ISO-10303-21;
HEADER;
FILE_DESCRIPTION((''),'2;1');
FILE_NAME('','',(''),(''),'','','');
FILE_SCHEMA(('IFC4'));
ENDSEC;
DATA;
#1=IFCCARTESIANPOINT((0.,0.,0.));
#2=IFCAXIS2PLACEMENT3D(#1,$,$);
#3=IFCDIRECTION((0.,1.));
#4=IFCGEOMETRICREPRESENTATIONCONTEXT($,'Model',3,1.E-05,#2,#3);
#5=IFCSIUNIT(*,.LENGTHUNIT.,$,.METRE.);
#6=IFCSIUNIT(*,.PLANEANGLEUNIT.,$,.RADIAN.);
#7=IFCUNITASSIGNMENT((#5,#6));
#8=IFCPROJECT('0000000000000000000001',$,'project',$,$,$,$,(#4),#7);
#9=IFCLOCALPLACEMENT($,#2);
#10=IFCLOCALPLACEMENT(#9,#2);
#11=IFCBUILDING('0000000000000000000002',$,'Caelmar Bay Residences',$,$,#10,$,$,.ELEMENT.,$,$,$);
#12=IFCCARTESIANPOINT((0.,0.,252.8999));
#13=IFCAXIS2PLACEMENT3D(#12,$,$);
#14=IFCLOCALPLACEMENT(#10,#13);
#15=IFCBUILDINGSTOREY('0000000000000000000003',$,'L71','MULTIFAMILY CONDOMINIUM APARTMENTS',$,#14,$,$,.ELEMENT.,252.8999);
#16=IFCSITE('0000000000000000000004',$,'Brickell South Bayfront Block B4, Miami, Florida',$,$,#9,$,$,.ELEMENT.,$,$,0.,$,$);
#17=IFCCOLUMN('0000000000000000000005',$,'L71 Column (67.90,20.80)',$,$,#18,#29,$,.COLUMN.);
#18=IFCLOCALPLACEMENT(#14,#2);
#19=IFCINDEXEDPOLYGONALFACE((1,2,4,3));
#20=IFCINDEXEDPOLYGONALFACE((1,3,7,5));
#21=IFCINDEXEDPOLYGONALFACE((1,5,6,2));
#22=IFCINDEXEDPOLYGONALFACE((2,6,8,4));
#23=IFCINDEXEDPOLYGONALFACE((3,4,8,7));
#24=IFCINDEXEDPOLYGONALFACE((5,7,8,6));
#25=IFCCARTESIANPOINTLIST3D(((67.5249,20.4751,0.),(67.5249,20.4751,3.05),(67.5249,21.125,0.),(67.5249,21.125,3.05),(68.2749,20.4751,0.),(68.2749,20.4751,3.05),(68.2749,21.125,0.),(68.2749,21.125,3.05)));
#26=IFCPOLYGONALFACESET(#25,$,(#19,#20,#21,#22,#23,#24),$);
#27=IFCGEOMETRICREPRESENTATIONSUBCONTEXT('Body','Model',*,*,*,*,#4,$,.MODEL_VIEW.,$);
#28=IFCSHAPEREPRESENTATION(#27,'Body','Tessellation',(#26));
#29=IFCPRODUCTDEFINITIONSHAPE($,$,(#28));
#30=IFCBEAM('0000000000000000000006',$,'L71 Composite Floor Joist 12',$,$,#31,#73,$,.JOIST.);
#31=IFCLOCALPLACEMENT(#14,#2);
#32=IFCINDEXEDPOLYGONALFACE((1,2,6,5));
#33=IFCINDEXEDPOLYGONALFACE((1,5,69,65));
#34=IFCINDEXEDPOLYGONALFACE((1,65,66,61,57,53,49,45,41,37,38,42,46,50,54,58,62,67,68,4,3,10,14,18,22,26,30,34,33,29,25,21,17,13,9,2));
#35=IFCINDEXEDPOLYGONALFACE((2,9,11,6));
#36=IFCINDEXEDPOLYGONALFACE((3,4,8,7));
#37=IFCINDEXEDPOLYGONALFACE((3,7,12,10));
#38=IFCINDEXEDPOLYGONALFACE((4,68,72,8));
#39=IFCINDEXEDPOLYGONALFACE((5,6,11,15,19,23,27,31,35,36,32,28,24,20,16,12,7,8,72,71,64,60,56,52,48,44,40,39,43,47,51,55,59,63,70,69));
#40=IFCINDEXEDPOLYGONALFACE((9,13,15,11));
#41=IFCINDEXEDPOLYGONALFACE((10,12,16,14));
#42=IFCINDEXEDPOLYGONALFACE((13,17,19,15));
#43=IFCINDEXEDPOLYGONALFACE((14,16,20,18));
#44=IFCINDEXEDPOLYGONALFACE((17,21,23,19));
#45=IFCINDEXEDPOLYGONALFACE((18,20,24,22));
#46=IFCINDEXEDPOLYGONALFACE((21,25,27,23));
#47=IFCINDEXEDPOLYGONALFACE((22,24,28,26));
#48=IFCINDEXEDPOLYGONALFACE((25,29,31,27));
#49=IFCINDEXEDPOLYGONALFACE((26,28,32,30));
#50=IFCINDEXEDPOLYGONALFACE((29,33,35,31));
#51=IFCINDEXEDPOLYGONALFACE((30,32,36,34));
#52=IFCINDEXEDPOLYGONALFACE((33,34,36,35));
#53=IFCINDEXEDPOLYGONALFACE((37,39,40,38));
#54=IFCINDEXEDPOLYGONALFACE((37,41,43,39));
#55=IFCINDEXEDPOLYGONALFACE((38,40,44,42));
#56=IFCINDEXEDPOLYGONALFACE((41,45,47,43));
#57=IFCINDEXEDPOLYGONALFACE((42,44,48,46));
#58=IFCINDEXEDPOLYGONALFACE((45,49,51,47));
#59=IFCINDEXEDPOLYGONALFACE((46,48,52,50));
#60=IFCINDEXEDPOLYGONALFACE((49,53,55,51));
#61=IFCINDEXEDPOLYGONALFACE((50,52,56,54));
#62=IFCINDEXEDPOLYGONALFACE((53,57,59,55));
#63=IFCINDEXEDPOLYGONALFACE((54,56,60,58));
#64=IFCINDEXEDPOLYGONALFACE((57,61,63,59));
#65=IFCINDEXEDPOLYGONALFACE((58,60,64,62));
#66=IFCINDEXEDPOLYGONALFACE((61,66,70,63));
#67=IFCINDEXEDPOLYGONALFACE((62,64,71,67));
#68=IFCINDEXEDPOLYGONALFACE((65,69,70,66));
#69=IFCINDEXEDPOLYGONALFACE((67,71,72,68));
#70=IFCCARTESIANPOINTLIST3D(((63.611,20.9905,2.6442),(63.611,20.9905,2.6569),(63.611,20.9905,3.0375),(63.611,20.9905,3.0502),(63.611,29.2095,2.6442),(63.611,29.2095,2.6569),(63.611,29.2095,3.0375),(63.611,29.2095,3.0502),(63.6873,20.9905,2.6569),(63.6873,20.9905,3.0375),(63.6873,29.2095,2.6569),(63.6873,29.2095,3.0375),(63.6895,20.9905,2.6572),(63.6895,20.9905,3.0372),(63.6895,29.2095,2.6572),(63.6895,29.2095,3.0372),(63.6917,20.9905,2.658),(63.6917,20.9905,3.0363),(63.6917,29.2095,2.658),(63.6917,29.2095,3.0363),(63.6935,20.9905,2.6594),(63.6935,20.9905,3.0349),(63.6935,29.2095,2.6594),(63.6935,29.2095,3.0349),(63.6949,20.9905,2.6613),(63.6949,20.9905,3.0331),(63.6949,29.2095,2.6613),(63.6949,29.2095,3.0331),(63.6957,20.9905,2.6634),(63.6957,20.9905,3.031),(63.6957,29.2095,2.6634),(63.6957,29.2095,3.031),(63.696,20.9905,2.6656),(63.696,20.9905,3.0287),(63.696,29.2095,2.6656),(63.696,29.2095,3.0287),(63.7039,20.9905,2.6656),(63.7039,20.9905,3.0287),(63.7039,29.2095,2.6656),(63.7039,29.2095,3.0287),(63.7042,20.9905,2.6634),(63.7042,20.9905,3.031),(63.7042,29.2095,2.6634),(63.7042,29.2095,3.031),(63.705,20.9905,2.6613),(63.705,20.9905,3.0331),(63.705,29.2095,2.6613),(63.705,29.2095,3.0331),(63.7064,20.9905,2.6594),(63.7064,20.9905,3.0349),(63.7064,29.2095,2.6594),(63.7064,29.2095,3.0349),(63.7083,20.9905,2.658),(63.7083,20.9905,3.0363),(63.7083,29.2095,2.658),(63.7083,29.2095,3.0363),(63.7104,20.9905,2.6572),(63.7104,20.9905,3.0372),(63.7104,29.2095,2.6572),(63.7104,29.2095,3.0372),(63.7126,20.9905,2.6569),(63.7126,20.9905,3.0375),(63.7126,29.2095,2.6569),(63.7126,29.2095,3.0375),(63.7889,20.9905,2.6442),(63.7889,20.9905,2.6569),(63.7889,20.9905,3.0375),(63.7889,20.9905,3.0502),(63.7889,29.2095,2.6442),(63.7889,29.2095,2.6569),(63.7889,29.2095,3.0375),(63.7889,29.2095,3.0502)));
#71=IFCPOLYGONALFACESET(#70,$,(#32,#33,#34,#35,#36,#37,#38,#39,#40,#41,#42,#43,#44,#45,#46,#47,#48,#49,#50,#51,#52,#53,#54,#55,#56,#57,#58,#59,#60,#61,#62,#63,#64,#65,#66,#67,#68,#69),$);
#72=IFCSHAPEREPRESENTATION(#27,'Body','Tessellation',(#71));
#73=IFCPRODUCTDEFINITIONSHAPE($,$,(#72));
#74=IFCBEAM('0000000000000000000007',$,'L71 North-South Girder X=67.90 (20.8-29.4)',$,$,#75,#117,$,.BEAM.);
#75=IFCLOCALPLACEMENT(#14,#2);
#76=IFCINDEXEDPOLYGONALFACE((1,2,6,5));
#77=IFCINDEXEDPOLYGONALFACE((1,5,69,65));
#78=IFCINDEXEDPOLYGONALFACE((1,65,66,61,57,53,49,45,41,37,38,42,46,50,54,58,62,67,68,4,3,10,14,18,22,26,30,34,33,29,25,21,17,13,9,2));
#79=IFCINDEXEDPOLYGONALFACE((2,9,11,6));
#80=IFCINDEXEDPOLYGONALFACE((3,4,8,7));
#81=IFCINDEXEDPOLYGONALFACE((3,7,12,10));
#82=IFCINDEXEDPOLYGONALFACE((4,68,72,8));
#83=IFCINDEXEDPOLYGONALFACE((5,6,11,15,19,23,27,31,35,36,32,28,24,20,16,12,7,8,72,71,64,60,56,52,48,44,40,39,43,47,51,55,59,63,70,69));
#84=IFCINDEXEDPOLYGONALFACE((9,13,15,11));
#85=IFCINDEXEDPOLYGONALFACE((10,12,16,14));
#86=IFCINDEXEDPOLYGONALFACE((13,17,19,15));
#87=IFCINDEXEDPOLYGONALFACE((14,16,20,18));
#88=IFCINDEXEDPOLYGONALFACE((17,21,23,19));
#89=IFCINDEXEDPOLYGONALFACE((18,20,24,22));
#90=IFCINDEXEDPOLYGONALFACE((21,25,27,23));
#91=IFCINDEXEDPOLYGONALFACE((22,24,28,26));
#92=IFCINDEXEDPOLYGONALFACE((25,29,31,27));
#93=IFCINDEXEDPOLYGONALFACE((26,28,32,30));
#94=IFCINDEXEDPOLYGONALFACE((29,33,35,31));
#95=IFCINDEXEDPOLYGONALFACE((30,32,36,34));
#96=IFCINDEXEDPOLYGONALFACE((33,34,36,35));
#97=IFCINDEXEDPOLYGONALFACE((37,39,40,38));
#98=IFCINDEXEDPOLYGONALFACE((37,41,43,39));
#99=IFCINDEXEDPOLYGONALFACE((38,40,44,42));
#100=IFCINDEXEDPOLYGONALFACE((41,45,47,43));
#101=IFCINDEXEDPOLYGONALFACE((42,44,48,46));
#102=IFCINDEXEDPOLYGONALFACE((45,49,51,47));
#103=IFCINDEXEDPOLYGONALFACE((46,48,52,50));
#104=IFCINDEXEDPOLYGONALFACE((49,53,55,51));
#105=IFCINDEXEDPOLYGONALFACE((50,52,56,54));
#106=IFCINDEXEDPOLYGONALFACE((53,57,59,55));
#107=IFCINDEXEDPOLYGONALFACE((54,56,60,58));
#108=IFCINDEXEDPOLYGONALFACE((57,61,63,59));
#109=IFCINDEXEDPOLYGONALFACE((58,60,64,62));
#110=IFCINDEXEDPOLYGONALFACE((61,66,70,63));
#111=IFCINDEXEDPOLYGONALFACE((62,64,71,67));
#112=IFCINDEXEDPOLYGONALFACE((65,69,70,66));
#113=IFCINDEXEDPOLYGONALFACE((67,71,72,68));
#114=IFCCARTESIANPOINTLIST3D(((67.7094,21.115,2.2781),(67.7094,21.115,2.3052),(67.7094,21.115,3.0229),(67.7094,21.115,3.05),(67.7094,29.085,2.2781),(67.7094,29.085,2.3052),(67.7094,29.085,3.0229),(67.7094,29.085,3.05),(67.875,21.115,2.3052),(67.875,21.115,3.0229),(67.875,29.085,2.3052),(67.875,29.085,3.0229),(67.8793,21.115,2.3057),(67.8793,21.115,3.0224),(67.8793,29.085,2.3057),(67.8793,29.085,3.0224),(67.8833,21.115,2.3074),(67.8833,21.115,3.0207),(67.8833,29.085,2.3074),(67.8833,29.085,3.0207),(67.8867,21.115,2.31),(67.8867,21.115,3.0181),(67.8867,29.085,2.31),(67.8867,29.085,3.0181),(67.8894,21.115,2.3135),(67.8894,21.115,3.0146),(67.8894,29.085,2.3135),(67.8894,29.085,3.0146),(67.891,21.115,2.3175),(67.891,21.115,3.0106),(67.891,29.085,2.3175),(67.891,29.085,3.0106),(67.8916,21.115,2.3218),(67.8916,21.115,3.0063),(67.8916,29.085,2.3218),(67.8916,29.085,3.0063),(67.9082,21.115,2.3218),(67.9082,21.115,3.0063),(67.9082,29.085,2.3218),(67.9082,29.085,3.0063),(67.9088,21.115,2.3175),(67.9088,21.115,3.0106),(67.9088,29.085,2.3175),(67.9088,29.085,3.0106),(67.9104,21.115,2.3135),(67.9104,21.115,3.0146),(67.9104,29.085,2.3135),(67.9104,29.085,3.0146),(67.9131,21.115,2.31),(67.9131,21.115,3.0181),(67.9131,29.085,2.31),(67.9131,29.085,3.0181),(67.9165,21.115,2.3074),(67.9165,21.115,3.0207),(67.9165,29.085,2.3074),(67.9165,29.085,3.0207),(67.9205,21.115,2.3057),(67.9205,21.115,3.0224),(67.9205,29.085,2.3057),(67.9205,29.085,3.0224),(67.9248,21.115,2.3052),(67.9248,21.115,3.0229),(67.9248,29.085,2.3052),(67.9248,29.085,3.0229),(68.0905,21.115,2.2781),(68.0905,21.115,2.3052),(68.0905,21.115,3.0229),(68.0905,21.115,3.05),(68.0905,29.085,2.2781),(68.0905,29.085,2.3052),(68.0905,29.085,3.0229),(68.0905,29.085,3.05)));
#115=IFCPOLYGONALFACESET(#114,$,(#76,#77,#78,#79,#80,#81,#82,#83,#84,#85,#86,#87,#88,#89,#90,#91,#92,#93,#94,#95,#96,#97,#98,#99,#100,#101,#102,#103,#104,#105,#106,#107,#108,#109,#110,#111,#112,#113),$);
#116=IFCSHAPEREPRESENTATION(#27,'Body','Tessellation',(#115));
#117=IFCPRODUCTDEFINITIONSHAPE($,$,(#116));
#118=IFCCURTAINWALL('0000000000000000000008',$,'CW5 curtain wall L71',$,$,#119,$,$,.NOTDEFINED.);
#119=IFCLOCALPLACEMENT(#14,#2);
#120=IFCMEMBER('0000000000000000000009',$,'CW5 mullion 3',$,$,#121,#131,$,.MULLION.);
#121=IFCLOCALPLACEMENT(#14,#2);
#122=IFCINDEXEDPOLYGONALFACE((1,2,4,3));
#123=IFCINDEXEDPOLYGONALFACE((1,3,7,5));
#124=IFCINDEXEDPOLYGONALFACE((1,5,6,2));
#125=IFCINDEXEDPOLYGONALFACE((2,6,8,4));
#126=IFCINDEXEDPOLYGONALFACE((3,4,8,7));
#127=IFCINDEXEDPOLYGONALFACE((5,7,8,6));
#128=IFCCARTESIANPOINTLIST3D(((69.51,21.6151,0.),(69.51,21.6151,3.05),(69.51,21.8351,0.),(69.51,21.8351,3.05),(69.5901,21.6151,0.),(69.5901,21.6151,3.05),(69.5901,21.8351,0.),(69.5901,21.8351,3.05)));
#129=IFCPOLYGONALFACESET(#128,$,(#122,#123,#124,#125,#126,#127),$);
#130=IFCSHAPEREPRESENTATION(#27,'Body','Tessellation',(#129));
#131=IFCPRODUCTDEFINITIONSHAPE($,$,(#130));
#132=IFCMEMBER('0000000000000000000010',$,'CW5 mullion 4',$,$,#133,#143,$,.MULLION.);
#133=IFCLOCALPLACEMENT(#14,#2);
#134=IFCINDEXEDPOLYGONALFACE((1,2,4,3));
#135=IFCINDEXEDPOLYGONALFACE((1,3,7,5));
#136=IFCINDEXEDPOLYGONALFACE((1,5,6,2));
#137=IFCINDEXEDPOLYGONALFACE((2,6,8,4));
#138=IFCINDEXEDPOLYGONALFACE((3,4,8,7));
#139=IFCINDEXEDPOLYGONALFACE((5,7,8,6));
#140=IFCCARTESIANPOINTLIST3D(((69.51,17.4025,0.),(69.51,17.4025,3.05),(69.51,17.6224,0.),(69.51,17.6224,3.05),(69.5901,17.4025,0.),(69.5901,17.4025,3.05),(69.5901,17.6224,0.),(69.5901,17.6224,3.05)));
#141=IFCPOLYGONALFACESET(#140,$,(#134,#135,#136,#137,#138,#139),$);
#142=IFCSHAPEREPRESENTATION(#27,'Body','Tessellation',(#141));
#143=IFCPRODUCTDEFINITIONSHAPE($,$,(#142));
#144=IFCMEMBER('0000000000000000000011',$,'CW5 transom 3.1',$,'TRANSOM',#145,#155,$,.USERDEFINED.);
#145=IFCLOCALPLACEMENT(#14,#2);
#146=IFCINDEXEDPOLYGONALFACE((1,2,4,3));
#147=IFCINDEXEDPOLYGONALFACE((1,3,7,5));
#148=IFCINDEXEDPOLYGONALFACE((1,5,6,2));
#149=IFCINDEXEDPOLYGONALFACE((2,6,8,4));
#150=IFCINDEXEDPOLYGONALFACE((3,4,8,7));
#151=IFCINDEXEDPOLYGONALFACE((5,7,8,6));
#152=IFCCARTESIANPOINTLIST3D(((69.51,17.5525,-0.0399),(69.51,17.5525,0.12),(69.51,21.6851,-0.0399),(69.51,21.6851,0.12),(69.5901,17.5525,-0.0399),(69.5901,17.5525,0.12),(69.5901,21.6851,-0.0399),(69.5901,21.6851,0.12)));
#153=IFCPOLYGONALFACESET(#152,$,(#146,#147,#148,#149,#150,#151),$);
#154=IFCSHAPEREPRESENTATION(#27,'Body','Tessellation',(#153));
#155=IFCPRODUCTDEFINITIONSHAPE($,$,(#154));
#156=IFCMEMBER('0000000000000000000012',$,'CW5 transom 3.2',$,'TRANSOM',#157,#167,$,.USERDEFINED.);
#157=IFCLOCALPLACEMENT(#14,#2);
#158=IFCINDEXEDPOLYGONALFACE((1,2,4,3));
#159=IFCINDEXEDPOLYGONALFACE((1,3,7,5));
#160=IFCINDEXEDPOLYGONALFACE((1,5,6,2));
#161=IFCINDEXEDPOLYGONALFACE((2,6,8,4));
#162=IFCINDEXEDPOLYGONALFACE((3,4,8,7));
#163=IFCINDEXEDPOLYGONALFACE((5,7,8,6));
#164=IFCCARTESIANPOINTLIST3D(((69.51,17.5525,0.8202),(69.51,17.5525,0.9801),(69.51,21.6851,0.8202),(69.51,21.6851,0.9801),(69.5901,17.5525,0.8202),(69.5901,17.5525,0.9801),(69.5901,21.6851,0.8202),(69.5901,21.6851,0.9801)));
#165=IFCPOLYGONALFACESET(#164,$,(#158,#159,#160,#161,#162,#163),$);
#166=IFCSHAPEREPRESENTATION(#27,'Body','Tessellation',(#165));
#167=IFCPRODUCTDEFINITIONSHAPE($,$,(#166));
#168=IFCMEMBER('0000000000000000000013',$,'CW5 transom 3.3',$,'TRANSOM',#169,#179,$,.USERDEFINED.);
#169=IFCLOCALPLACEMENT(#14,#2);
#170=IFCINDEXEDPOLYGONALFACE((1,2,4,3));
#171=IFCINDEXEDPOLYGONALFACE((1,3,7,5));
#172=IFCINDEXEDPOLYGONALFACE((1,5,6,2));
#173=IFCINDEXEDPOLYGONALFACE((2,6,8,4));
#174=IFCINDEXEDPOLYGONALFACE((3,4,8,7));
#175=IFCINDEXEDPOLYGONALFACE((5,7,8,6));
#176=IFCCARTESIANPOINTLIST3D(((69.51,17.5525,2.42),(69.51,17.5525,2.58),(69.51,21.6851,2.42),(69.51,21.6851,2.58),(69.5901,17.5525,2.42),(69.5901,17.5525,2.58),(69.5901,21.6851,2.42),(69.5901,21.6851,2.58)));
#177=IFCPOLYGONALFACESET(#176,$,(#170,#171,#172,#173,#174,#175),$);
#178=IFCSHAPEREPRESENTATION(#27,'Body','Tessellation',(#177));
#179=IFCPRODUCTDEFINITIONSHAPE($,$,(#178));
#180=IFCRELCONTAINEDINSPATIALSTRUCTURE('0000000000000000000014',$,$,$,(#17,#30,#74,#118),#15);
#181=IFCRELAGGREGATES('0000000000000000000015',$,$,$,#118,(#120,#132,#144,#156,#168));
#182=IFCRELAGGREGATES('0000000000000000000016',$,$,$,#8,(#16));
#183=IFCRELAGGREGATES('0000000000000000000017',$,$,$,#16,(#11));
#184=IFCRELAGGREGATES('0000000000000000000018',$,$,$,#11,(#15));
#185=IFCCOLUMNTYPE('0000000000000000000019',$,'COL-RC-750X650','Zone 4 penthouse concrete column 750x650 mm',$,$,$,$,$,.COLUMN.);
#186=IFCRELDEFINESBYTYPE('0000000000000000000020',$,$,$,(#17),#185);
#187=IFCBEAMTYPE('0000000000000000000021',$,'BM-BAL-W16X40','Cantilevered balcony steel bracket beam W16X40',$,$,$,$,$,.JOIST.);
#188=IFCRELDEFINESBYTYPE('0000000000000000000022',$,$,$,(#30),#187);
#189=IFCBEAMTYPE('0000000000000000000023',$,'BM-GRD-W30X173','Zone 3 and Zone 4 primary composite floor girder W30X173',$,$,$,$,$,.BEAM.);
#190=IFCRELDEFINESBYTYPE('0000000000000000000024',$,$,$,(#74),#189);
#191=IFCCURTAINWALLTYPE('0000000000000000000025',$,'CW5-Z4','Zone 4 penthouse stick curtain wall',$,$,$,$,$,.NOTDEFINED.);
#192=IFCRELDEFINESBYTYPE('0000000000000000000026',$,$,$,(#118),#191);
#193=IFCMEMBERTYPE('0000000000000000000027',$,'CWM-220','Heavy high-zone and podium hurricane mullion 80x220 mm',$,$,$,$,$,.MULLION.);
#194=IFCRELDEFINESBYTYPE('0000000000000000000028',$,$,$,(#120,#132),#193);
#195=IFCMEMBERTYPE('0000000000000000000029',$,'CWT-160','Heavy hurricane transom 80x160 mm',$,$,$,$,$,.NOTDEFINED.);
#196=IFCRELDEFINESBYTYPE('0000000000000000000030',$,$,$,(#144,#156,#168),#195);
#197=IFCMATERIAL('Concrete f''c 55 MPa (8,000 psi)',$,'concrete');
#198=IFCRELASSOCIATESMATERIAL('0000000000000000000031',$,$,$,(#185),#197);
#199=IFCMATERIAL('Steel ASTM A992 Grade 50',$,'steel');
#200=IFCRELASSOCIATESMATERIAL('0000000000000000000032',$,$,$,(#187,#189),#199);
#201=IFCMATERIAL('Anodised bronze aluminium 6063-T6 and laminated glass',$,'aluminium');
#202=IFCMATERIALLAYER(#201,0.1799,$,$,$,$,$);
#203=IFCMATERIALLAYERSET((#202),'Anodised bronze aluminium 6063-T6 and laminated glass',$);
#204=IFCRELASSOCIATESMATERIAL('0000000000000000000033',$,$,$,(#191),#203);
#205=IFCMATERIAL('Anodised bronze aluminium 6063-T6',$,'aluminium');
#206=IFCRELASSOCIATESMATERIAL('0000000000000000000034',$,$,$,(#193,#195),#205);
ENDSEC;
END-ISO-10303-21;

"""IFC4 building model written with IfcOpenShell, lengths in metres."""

from ifc_helpers import new_model, si_unit, direction, frame, origin, origin_2d, place, context, subcontext, project, spatial, rectangle, i_section, extrude, material, layer, layer_set, material_profile, profile_set, type_object, element, aggregate, save


model = new_model("IFC4")

# Units and contexts
model_context = context("Model", 3, precision=1e-05, world=origin(), true_north=direction((0.0, 1.0)))
body_context = subcontext(model_context, "Body", "Model", "MODEL_VIEW")
ifc_project = project(units=[si_unit("LENGTHUNIT", "METRE"), si_unit("PLANEANGLEUNIT", "RADIAN")], contexts=[model_context])

# Site, building, storey
site_placement = place(None, origin())
site = spatial("IfcSite", under=ifc_project, at=site_placement, Name="Brickell South Bayfront Block B4, Miami, Florida", CompositionType="ELEMENT", RefElevation=0.0)
building_placement = place(site_placement, origin())
building = spatial("IfcBuilding", under=site, at=building_placement, Name="Caelmar Bay Residences", CompositionType="ELEMENT")
storey_placement = place(building_placement, frame((0.0, 0.0, 252.8999)))
storey = spatial("IfcBuildingStorey", under=building, at=storey_placement, Name="L71", Description="MULTIFAMILY CONDOMINIUM APARTMENTS", CompositionType="ELEMENT", Elevation=252.8999)

# Column
ifc_material_1 = material(Name="Concrete f'c 55 MPa (8,000 psi)", Category="concrete")
ifc_material_profile_1 = material_profile(ifc_material_1, rectangle(XDim=0.75, YDim=0.6499, at=origin_2d()), Name="RC-COL-750X650")
ifc_profile_set_1 = profile_set([ifc_material_profile_1], Name="Concrete f'c 55 MPa (8,000 psi)")
column_type = type_object("IfcColumnType", Name="COL-RC-750X650", Description="Zone 4 penthouse concrete column 750x650 mm", PredefinedType="COLUMN", material=ifc_profile_set_1)
column_placement = place(storey_placement, frame((67.8999, 20.8, 0.0), z_axis=(0.0, 0.0, 1.0), x_axis=(1.0, 0.0, 0.0)))
element("IfcColumn", 1, at=column_placement, inside=storey, type_object=column_type, Name="L71 Column (67.90,20.80)", PredefinedType="COLUMN", context=body_context, shape_type="SweptSolid", body=[
    extrude(rectangle(XDim=0.75, YDim=0.6499, at=origin_2d()), origin(), (0.0, 0.0, 1.0), 3.05),
])

# Beams
ifc_material_2 = material(Name="Steel ASTM A992 Grade 50", Category="steel")
ifc_material_profile_2 = material_profile(ifc_material_2, i_section(OverallWidth=0.178, OverallDepth=0.406, WebThickness=0.0078, FlangeThickness=0.0127, FilletRadius=0.0088, at=origin_2d()), Name="W16X40")
ifc_profile_set_2 = profile_set([ifc_material_profile_2], Name="Steel ASTM A992 Grade 50")
beam_type_1 = type_object("IfcBeamType", Name="BM-BAL-W16X40", Description="Cantilevered balcony steel bracket beam W16X40", PredefinedType="JOIST", material=ifc_profile_set_2)
beam_1_placement = place(storey_placement, frame((63.7, 20.9905, 2.8472), z_axis=(0.0, 1.0, 0.0), x_axis=(-1.0, 0.0, 0.0)))
element("IfcBeam", 2, at=beam_1_placement, inside=storey, type_object=beam_type_1, Name="L71 Composite Floor Joist 12", PredefinedType="JOIST", context=body_context, shape_type="SweptSolid", body=[
    extrude(i_section(OverallWidth=0.178, OverallDepth=0.406, WebThickness=0.0078, FlangeThickness=0.0127, FilletRadius=0.0088, at=origin_2d()), origin(), (0.0, 0.0, 1.0), 8.219),
])
ifc_material_profile_3 = material_profile(ifc_material_2, i_section(OverallWidth=0.3811, OverallDepth=0.772, WebThickness=0.0166, FlangeThickness=0.0271, FilletRadius=0.0166, at=origin_2d()), Name="W30X173")
ifc_profile_set_3 = profile_set([ifc_material_profile_3], Name="Steel ASTM A992 Grade 50")
beam_type_2 = type_object("IfcBeamType", Name="BM-GRD-W30X173", Description="Zone 3 and Zone 4 primary composite floor girder W30X173", PredefinedType="BEAM", material=ifc_profile_set_3)
beam_2_placement = place(storey_placement, frame((67.8999, 21.115, 2.6641), z_axis=(0.0, 1.0, 0.0), x_axis=(-1.0, 0.0, 0.0)))
element("IfcBeam", 3, at=beam_2_placement, inside=storey, type_object=beam_type_2, Name="L71 North-South Girder X=67.90 (20.8-29.4)", PredefinedType="BEAM", context=body_context, shape_type="SweptSolid", body=[
    extrude(i_section(OverallWidth=0.3811, OverallDepth=0.772, WebThickness=0.0166, FlangeThickness=0.0271, FilletRadius=0.0166, at=origin_2d()), origin(), (0.0, 0.0, 1.0), 7.97),
])

# Curtain wall, members
ifc_material_3 = material(Name="Anodised bronze aluminium 6063-T6 and laminated glass", Category="aluminium")
ifc_layer_1 = layer(ifc_material_3, 0.1799)
ifc_layer_set_1 = layer_set([ifc_layer_1], Name="Anodised bronze aluminium 6063-T6 and laminated glass")
curtain_wall_type = type_object("IfcCurtainWallType", Name="CW5-Z4", Description="Zone 4 penthouse stick curtain wall", PredefinedType="NOTDEFINED", material=ifc_layer_set_1)
curtain_wall_placement = place(storey_placement, origin())
curtain_wall = element("IfcCurtainWall", 4, at=curtain_wall_placement, inside=storey, type_object=curtain_wall_type, Name="CW5 curtain wall L71", PredefinedType="NOTDEFINED")
ifc_material_4 = material(Name="Anodised bronze aluminium 6063-T6", Category="aluminium")
ifc_material_profile_4 = material_profile(ifc_material_4, rectangle(XDim=0.0801, YDim=0.22, at=origin_2d()), Name="CWM-80X220")
ifc_profile_set_4 = profile_set([ifc_material_profile_4], Name="Anodised bronze aluminium 6063-T6")
member_type_1 = type_object("IfcMemberType", Name="CWM-220", Description="Heavy high-zone and podium hurricane mullion 80x220 mm", PredefinedType="MULLION", material=ifc_profile_set_4)
member_1_placement = place(storey_placement, frame((69.55, 21.7251, 0.0), z_axis=(0.0, 0.0, 1.0), x_axis=(1.0, 0.0, 0.0)))
member_1 = element("IfcMember", 5, at=member_1_placement, type_object=member_type_1, Name="CW5 mullion 3", PredefinedType="MULLION", context=body_context, shape_type="SweptSolid", body=[
    extrude(rectangle(XDim=0.0801, YDim=0.22, at=origin_2d()), origin(), (0.0, 0.0, 1.0), 3.05),
])
member_2_placement = place(storey_placement, frame((69.55, 17.5125, 0.0), z_axis=(0.0, 0.0, 1.0), x_axis=(1.0, 0.0, 0.0)))
member_2 = element("IfcMember", 6, at=member_2_placement, type_object=member_type_1, Name="CW5 mullion 4", PredefinedType="MULLION", context=body_context, shape_type="SweptSolid", body=[
    extrude(rectangle(XDim=0.0801, YDim=0.22, at=origin_2d()), origin(), (0.0, 0.0, 1.0), 3.05),
])
ifc_material_profile_5 = material_profile(ifc_material_4, rectangle(XDim=0.0801, YDim=0.1599, at=origin_2d()), Name="CWT-80X160")
ifc_profile_set_5 = profile_set([ifc_material_profile_5], Name="Anodised bronze aluminium 6063-T6")
member_type_2 = type_object("IfcMemberType", Name="CWT-160", Description="Heavy hurricane transom 80x160 mm", PredefinedType="NOTDEFINED", material=ifc_profile_set_5)
member_3_placement = place(storey_placement, frame((69.55, 21.6851, 0.04), z_axis=(0.0, -1.0, 0.0), x_axis=(1.0, 0.0, 0.0)))
member_3 = element("IfcMember", 7, at=member_3_placement, type_object=member_type_2, Name="CW5 transom 3.1", ObjectType="TRANSOM", PredefinedType="USERDEFINED", context=body_context, shape_type="SweptSolid", body=[
    extrude(rectangle(XDim=0.0801, YDim=0.1599, at=origin_2d()), origin(), (0.0, 0.0, 1.0), 4.1326),
])
member_4_placement = place(storey_placement, frame((69.55, 21.6851, 0.9001), z_axis=(0.0, -1.0, 0.0), x_axis=(1.0, 0.0, 0.0)))
member_4 = element("IfcMember", 8, at=member_4_placement, type_object=member_type_2, Name="CW5 transom 3.2", ObjectType="TRANSOM", PredefinedType="USERDEFINED", context=body_context, shape_type="SweptSolid", body=[
    extrude(rectangle(XDim=0.0801, YDim=0.1599, at=origin_2d()), origin(), (0.0, 0.0, 1.0), 4.1326),
])
member_5_placement = place(storey_placement, frame((69.55, 21.6851, 2.5), z_axis=(0.0, -1.0, 0.0), x_axis=(1.0, 0.0, 0.0)))
member_5 = element("IfcMember", 9, at=member_5_placement, type_object=member_type_2, Name="CW5 transom 3.3", ObjectType="TRANSOM", PredefinedType="USERDEFINED", context=body_context, shape_type="SweptSolid", body=[
    extrude(rectangle(XDim=0.0801, YDim=0.1599, at=origin_2d()), origin(), (0.0, 0.0, 1.0), 4.1326),
])
aggregate(curtain_wall, [member_1, member_2, member_3, member_4, member_5])

save(model, "model.ifc")
